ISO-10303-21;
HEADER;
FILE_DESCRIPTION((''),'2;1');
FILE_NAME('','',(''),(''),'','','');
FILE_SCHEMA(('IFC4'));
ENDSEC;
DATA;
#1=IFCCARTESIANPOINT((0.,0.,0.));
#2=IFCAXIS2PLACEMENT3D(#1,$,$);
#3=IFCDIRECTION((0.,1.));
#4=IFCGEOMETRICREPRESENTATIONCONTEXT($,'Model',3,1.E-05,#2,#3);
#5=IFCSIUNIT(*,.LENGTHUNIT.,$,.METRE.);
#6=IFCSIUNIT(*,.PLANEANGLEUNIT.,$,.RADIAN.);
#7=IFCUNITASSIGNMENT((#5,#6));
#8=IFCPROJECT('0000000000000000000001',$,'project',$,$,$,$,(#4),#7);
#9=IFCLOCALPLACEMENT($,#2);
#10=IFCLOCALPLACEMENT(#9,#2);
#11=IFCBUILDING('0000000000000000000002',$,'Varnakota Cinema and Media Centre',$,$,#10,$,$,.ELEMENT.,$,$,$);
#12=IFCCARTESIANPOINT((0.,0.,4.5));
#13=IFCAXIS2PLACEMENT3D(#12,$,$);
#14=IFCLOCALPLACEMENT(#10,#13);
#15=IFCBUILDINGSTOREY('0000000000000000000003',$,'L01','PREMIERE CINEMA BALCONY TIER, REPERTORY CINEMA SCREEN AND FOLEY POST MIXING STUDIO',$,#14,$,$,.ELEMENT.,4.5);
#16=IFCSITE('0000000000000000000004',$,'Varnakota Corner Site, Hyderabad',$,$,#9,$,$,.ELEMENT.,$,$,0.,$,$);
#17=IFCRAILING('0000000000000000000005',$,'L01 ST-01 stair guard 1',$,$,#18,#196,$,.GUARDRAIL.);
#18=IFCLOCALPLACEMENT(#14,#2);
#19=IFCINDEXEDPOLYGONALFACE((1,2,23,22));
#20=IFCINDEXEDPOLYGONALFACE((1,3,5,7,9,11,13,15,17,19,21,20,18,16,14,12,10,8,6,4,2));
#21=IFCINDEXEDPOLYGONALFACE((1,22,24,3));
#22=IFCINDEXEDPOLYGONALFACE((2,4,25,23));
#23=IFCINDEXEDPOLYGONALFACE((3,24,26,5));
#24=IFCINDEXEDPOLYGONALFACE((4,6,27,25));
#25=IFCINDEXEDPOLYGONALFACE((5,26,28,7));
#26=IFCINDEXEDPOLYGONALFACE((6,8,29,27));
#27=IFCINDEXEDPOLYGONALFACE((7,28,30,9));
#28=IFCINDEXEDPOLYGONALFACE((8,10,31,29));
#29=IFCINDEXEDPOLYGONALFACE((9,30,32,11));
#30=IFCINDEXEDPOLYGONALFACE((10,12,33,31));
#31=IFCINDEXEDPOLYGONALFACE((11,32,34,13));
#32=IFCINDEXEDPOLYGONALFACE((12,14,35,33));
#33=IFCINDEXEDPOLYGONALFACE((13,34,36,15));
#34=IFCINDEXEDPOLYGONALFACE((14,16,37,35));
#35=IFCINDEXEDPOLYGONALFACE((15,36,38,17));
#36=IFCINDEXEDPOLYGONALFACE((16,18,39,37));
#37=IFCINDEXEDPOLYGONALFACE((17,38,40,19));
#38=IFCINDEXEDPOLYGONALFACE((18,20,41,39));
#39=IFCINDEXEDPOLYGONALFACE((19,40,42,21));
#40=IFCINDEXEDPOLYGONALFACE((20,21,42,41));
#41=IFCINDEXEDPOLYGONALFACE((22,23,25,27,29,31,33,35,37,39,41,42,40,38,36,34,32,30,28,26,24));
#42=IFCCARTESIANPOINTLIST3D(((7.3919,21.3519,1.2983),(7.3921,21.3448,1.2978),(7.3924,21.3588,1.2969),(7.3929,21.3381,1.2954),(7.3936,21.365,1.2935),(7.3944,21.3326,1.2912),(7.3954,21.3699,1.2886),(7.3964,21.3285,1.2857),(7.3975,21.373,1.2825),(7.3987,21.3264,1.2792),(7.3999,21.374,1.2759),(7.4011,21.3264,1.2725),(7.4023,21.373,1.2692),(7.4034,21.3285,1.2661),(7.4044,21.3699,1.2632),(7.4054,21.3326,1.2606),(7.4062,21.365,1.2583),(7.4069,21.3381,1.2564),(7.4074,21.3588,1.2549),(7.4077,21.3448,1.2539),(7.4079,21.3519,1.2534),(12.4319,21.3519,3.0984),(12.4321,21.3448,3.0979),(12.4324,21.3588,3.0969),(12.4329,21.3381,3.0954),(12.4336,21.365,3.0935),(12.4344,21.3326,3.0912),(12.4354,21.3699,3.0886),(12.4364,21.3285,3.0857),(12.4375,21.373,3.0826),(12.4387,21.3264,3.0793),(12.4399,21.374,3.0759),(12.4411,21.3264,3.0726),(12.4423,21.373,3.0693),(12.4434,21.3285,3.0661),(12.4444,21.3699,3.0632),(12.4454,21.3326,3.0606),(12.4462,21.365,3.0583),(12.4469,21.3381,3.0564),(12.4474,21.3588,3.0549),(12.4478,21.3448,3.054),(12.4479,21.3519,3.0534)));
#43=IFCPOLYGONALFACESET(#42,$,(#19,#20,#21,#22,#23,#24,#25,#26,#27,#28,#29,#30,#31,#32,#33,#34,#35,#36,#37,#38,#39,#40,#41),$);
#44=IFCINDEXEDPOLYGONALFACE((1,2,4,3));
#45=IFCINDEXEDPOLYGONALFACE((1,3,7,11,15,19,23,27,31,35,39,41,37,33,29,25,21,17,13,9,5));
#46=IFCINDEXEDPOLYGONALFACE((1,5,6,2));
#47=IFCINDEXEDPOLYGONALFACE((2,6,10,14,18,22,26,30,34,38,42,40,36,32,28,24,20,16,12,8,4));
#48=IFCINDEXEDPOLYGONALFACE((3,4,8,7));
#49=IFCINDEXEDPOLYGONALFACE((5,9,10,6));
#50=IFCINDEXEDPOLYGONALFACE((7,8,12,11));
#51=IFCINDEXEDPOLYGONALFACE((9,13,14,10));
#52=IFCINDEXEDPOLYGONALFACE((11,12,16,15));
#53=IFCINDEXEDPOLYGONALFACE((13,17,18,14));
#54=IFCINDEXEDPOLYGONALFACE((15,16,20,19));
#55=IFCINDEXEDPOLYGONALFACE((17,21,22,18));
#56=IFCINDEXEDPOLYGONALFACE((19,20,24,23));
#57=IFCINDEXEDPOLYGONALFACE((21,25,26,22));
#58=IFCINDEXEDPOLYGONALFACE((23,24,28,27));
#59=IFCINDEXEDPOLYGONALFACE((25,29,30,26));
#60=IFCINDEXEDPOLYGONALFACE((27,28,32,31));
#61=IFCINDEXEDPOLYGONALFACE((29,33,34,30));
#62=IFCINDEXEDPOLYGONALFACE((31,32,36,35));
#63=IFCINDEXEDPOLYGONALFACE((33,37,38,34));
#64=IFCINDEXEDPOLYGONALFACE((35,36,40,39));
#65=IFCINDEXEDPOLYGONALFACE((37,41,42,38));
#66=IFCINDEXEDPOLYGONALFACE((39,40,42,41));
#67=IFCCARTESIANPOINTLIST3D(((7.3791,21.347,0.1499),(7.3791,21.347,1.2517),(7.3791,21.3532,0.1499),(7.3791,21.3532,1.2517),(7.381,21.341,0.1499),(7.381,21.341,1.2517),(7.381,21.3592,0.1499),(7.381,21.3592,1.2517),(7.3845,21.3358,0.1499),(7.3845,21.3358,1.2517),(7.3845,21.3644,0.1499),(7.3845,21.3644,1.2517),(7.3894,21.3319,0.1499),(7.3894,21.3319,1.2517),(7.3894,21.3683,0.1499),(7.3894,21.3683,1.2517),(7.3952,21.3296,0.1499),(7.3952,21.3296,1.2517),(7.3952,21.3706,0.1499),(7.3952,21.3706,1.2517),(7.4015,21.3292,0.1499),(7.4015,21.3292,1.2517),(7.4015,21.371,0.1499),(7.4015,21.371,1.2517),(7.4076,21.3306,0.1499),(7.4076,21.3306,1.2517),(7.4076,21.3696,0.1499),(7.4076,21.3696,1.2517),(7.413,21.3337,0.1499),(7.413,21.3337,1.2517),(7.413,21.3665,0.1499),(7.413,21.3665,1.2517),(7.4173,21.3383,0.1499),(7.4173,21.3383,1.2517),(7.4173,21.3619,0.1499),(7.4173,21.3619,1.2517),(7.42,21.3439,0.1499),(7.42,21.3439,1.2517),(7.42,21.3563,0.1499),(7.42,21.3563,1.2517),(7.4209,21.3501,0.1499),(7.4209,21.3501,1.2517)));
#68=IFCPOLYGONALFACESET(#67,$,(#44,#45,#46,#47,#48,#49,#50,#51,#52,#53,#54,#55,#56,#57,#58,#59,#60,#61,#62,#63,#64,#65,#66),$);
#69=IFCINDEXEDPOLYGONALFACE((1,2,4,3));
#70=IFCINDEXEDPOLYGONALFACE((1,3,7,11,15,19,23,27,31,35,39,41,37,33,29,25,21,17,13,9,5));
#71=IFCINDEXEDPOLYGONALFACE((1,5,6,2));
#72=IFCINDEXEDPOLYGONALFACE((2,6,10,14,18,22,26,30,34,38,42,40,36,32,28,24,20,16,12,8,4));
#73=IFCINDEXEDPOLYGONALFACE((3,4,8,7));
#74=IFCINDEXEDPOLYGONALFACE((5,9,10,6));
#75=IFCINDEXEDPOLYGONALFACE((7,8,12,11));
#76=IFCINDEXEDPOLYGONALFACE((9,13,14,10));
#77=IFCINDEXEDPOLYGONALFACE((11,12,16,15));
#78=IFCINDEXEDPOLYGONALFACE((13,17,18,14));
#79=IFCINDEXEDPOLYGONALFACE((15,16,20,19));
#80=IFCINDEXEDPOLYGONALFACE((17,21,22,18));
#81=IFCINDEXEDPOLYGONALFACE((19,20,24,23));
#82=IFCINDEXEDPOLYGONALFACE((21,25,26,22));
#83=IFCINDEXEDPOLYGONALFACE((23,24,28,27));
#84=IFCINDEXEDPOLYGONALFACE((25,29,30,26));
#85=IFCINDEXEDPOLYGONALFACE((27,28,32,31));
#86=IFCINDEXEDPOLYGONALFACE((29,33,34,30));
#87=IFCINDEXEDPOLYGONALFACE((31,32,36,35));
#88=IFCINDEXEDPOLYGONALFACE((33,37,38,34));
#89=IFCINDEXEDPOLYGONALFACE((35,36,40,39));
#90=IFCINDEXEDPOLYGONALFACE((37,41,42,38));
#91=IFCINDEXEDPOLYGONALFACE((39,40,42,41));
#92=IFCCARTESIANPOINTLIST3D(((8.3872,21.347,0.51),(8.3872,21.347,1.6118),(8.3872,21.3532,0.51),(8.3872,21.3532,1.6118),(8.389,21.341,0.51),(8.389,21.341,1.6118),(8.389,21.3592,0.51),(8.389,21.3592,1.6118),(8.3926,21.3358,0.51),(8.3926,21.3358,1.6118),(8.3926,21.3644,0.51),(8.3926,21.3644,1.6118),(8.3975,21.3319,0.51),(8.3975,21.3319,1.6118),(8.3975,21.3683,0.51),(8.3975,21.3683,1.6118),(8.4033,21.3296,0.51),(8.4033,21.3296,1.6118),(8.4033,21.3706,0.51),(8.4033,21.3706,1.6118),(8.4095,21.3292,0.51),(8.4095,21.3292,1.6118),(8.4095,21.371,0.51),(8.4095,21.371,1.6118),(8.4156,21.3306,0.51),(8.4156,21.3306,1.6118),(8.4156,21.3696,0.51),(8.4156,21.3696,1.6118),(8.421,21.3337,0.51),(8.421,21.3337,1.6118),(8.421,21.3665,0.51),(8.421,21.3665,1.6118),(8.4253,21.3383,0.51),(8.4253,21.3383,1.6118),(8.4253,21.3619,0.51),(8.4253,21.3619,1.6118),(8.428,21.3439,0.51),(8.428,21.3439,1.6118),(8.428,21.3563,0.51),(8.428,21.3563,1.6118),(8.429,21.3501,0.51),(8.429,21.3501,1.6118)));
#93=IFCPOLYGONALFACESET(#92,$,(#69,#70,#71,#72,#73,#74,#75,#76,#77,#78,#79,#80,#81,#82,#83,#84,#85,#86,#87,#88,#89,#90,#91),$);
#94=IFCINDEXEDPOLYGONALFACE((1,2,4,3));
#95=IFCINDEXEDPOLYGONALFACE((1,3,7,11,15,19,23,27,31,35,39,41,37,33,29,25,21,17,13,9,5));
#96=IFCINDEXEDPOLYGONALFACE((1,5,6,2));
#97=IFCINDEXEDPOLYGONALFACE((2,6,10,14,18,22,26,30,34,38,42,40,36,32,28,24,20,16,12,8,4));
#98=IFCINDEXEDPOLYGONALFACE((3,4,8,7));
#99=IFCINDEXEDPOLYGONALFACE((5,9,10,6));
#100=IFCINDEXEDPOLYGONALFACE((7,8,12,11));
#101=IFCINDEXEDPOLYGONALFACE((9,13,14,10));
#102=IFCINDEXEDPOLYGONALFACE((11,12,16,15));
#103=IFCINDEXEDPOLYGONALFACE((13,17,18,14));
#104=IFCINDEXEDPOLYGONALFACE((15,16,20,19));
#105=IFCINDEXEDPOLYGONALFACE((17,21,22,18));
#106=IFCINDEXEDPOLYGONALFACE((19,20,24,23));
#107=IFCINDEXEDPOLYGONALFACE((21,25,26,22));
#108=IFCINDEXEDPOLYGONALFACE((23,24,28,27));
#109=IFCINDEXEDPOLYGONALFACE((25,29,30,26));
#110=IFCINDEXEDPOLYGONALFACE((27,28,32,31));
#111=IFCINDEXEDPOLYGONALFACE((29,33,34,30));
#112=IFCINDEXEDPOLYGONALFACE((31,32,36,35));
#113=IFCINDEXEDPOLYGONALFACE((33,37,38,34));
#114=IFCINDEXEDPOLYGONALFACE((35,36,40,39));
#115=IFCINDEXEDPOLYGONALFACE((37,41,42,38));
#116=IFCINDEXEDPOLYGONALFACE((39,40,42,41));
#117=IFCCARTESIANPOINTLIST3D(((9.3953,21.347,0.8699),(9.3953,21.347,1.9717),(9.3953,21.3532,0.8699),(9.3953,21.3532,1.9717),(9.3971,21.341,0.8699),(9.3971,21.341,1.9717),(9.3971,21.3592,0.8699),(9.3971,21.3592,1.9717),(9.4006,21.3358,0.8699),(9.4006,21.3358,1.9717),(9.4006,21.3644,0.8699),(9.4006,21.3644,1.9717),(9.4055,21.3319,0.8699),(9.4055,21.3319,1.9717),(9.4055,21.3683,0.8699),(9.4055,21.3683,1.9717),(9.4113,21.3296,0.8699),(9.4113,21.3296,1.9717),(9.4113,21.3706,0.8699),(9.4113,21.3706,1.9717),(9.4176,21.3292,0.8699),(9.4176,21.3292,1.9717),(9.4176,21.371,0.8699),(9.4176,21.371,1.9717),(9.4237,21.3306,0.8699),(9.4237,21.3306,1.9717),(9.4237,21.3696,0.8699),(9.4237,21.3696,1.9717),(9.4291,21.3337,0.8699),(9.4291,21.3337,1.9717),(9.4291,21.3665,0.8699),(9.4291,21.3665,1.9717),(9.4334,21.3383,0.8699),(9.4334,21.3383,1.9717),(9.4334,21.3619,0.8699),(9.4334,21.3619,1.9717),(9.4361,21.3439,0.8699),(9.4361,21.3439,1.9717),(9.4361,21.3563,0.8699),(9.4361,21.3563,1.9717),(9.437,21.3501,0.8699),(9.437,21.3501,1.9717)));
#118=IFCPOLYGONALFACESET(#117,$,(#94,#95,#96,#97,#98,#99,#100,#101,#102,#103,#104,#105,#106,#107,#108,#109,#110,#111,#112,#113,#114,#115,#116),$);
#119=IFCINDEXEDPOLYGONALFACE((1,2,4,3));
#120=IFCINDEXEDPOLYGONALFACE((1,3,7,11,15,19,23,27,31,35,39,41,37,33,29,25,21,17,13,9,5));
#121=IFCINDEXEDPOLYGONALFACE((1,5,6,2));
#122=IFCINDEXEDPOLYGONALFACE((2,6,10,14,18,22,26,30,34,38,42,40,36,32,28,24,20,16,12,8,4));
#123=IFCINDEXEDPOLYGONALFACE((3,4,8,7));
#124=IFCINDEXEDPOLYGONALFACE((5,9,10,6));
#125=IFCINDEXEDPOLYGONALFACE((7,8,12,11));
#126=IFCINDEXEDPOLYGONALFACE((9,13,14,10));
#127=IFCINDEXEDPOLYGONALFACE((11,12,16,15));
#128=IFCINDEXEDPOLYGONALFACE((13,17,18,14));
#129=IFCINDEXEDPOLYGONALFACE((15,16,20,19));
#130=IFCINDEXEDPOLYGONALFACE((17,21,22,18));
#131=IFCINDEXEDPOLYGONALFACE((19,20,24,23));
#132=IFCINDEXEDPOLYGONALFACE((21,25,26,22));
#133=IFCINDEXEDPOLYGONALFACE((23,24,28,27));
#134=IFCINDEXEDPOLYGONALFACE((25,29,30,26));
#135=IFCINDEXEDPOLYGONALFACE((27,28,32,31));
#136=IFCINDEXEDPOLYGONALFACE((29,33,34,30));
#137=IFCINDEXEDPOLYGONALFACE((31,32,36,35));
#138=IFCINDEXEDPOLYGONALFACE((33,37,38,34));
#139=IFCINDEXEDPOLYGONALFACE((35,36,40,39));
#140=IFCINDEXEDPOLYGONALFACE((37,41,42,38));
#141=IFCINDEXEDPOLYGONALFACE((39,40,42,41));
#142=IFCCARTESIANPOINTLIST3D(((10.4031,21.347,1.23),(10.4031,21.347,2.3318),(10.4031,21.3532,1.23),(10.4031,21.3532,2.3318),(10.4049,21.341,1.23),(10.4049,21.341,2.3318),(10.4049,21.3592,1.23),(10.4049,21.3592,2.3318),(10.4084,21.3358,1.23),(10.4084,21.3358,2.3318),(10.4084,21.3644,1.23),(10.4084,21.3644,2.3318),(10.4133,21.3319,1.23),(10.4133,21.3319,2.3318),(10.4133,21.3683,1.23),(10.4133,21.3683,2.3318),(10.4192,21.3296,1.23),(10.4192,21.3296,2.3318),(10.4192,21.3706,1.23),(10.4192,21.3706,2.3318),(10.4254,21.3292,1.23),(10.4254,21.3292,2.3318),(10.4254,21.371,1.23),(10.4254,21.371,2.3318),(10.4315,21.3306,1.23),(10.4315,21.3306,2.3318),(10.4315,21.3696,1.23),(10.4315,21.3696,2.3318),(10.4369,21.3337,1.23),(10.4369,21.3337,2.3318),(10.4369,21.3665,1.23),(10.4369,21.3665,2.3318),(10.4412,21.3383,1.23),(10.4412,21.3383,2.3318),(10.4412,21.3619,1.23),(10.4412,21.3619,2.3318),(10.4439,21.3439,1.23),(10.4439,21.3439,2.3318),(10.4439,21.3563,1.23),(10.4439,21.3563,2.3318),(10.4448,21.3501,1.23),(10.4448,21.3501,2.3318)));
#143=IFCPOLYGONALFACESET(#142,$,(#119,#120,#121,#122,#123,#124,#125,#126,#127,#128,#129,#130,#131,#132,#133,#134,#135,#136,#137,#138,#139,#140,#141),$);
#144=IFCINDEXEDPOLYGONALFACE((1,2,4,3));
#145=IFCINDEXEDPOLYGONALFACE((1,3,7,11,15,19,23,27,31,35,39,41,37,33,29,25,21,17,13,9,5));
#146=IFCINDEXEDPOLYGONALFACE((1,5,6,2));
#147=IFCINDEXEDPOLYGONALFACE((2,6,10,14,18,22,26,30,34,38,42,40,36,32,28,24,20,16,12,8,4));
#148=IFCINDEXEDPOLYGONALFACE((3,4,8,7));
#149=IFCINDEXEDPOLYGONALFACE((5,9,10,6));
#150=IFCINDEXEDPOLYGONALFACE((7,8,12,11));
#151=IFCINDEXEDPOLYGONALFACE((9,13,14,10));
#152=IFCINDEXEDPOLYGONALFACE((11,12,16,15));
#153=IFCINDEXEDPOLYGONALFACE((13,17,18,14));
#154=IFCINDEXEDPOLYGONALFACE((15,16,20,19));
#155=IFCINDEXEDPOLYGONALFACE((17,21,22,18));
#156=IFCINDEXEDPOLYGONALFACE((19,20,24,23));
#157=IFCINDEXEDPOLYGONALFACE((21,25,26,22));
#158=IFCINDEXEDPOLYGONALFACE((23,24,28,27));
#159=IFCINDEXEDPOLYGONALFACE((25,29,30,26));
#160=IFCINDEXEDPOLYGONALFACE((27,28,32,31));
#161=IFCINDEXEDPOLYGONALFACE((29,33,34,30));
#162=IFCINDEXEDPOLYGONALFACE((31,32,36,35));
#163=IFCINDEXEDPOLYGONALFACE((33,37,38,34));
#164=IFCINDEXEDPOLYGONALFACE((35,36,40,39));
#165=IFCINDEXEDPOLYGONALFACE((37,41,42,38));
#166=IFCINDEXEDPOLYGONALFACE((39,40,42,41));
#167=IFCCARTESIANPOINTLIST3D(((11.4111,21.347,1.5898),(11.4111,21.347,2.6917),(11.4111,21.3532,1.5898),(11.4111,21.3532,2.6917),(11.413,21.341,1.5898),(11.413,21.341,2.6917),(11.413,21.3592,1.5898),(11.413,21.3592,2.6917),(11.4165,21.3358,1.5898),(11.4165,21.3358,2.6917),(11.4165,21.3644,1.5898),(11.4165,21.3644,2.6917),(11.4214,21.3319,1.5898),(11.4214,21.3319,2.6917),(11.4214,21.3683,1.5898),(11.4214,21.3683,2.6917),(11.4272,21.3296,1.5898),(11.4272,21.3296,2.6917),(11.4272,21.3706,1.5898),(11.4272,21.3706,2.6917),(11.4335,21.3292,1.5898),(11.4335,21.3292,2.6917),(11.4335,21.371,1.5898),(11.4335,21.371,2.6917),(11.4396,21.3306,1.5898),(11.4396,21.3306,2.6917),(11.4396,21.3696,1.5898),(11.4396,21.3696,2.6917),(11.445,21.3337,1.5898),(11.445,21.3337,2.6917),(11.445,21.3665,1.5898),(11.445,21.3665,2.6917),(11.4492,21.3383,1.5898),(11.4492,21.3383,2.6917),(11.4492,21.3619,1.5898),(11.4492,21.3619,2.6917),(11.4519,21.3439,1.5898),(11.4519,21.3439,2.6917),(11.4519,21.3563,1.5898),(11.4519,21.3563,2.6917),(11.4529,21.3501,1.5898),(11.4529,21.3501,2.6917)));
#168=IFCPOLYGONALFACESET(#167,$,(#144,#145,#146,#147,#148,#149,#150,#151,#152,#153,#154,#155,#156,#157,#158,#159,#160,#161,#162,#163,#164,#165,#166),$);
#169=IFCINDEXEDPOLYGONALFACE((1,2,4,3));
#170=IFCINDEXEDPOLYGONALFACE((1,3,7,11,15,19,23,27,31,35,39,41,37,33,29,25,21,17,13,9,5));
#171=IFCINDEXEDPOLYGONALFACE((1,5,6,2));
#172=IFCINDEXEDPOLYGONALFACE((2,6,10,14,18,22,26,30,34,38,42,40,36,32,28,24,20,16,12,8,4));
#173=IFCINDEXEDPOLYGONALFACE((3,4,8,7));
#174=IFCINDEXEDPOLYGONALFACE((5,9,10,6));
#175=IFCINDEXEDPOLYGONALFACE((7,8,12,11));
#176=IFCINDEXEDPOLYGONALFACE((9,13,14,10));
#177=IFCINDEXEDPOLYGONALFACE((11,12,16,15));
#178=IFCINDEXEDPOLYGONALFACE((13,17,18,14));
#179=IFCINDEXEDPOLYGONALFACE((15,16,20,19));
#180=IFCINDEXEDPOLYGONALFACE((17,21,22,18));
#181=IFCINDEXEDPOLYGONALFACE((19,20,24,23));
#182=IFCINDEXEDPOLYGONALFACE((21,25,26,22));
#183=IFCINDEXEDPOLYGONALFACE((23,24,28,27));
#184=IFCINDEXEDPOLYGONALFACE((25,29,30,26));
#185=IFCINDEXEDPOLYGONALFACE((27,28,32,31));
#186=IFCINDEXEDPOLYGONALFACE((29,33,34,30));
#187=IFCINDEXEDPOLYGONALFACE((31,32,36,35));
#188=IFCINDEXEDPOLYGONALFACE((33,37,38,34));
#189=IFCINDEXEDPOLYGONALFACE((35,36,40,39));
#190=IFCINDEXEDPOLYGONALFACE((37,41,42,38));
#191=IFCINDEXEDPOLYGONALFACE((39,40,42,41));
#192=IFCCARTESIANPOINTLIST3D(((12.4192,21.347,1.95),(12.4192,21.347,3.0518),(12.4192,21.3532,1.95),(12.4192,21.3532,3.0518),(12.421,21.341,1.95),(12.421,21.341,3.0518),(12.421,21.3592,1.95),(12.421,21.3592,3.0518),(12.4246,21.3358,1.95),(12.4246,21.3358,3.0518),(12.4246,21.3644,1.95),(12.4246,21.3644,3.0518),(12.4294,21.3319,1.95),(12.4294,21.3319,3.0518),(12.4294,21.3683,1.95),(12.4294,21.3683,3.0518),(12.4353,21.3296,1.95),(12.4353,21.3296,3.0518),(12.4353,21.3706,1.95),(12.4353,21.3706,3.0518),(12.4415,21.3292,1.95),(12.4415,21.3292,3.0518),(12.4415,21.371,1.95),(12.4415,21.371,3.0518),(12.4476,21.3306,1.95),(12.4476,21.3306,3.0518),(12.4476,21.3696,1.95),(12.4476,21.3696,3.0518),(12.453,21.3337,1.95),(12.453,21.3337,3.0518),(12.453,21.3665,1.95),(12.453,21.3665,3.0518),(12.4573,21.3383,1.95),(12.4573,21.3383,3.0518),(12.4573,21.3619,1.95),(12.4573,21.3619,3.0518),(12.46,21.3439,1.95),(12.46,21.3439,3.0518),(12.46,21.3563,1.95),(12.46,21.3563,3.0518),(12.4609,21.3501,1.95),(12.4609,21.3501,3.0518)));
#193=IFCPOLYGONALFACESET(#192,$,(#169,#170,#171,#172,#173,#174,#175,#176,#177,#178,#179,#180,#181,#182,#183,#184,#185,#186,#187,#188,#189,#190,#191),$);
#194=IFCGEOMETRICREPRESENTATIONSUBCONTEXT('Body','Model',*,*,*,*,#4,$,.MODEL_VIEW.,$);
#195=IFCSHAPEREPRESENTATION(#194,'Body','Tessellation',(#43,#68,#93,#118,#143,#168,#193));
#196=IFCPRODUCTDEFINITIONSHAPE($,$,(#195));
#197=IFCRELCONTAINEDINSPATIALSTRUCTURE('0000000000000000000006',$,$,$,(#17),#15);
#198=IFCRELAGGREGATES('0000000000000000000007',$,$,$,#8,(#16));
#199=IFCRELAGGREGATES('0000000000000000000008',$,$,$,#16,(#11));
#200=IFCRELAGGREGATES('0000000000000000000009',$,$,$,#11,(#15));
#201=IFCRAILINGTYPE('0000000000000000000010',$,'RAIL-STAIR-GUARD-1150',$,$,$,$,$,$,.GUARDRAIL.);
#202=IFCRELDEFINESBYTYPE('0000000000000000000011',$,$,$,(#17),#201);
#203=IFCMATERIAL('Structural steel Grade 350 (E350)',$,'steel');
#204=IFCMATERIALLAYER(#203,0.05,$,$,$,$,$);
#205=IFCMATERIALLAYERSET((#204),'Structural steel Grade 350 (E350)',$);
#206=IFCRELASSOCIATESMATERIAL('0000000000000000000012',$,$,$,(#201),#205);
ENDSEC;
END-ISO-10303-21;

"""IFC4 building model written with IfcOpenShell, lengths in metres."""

from ifc_helpers import new_model, si_unit, direction, frame, origin, origin_2d, place, context, subcontext, project, spatial, circle, extrude, material, layer, layer_set, type_object, element, save


model = new_model("IFC4")

# Units and contexts
model_context = context("Model", 3, precision=1e-05, world=origin(), true_north=direction((0.0, 1.0)))
body_context = subcontext(model_context, "Body", "Model", "MODEL_VIEW")
ifc_project = project(units=[si_unit("LENGTHUNIT", "METRE"), si_unit("PLANEANGLEUNIT", "RADIAN")], contexts=[model_context])

# Site, building, storey
site_placement = place(None, origin())
site = spatial("IfcSite", under=ifc_project, at=site_placement, Name="Varnakota Corner Site, Hyderabad", CompositionType="ELEMENT", RefElevation=0.0)
building_placement = place(site_placement, origin())
building = spatial("IfcBuilding", under=site, at=building_placement, Name="Varnakota Cinema and Media Centre", CompositionType="ELEMENT")
storey_placement = place(building_placement, frame((0.0, 0.0, 4.5)))
storey = spatial("IfcBuildingStorey", under=building, at=storey_placement, Name="L01", Description="PREMIERE CINEMA BALCONY TIER, REPERTORY CINEMA SCREEN AND FOLEY POST MIXING STUDIO", CompositionType="ELEMENT", Elevation=4.5)

# Railing
ifc_material_1 = material(Name="Structural steel Grade 350 (E350)", Category="steel")
ifc_layer_1 = layer(ifc_material_1, 0.05)
ifc_layer_set_1 = layer_set([ifc_layer_1], Name="Structural steel Grade 350 (E350)")
railing_type_1 = type_object("IfcRailingType", Name="RAIL-STAIR-GUARD-1150", PredefinedType="GUARDRAIL", material=ifc_layer_set_1)
railing_1_placement = place(storey_placement, frame((7.3999, 21.3501, 0.1499)))
element("IfcRailing", 1, at=railing_1_placement, inside=storey, type_object=railing_type_1, Name="L01 ST-01 stair guard 1", PredefinedType="GUARDRAIL", context=body_context, shape_type="SweptSolid", body=[
    extrude(circle(Radius=0.0239, at=origin_2d()), frame((0.0, 0.0, 1.126), z_axis=(0.94174, 0.0, 0.336342), x_axis=(0.0, 1.0, 0.0)), (0.0, 0.0, 1.0), 5.3518),
    extrude(circle(Radius=0.021, at=origin_2d()), origin(), (0.0, 0.0, 1.0), 1.1018),
    extrude(circle(Radius=0.021, at=origin_2d()), frame((1.0081, 0.0, 0.3601)), (0.0, 0.0, 1.0), 1.1018),
    extrude(circle(Radius=0.021, at=origin_2d()), frame((2.0161, 0.0, 0.72)), (0.0, 0.0, 1.0), 1.1018),
    extrude(circle(Radius=0.021, at=origin_2d()), frame((3.0239, 0.0, 1.0801)), (0.0, 0.0, 1.0), 1.1018),
    extrude(circle(Radius=0.021, at=origin_2d()), frame((4.032, 0.0, 1.4399)), (0.0, 0.0, 1.0), 1.1018),
    extrude(circle(Radius=0.021, at=origin_2d()), frame((5.04, 0.0, 1.8)), (0.0, 0.0, 1.0), 1.1018),
])

save(model, "model.ifc")
